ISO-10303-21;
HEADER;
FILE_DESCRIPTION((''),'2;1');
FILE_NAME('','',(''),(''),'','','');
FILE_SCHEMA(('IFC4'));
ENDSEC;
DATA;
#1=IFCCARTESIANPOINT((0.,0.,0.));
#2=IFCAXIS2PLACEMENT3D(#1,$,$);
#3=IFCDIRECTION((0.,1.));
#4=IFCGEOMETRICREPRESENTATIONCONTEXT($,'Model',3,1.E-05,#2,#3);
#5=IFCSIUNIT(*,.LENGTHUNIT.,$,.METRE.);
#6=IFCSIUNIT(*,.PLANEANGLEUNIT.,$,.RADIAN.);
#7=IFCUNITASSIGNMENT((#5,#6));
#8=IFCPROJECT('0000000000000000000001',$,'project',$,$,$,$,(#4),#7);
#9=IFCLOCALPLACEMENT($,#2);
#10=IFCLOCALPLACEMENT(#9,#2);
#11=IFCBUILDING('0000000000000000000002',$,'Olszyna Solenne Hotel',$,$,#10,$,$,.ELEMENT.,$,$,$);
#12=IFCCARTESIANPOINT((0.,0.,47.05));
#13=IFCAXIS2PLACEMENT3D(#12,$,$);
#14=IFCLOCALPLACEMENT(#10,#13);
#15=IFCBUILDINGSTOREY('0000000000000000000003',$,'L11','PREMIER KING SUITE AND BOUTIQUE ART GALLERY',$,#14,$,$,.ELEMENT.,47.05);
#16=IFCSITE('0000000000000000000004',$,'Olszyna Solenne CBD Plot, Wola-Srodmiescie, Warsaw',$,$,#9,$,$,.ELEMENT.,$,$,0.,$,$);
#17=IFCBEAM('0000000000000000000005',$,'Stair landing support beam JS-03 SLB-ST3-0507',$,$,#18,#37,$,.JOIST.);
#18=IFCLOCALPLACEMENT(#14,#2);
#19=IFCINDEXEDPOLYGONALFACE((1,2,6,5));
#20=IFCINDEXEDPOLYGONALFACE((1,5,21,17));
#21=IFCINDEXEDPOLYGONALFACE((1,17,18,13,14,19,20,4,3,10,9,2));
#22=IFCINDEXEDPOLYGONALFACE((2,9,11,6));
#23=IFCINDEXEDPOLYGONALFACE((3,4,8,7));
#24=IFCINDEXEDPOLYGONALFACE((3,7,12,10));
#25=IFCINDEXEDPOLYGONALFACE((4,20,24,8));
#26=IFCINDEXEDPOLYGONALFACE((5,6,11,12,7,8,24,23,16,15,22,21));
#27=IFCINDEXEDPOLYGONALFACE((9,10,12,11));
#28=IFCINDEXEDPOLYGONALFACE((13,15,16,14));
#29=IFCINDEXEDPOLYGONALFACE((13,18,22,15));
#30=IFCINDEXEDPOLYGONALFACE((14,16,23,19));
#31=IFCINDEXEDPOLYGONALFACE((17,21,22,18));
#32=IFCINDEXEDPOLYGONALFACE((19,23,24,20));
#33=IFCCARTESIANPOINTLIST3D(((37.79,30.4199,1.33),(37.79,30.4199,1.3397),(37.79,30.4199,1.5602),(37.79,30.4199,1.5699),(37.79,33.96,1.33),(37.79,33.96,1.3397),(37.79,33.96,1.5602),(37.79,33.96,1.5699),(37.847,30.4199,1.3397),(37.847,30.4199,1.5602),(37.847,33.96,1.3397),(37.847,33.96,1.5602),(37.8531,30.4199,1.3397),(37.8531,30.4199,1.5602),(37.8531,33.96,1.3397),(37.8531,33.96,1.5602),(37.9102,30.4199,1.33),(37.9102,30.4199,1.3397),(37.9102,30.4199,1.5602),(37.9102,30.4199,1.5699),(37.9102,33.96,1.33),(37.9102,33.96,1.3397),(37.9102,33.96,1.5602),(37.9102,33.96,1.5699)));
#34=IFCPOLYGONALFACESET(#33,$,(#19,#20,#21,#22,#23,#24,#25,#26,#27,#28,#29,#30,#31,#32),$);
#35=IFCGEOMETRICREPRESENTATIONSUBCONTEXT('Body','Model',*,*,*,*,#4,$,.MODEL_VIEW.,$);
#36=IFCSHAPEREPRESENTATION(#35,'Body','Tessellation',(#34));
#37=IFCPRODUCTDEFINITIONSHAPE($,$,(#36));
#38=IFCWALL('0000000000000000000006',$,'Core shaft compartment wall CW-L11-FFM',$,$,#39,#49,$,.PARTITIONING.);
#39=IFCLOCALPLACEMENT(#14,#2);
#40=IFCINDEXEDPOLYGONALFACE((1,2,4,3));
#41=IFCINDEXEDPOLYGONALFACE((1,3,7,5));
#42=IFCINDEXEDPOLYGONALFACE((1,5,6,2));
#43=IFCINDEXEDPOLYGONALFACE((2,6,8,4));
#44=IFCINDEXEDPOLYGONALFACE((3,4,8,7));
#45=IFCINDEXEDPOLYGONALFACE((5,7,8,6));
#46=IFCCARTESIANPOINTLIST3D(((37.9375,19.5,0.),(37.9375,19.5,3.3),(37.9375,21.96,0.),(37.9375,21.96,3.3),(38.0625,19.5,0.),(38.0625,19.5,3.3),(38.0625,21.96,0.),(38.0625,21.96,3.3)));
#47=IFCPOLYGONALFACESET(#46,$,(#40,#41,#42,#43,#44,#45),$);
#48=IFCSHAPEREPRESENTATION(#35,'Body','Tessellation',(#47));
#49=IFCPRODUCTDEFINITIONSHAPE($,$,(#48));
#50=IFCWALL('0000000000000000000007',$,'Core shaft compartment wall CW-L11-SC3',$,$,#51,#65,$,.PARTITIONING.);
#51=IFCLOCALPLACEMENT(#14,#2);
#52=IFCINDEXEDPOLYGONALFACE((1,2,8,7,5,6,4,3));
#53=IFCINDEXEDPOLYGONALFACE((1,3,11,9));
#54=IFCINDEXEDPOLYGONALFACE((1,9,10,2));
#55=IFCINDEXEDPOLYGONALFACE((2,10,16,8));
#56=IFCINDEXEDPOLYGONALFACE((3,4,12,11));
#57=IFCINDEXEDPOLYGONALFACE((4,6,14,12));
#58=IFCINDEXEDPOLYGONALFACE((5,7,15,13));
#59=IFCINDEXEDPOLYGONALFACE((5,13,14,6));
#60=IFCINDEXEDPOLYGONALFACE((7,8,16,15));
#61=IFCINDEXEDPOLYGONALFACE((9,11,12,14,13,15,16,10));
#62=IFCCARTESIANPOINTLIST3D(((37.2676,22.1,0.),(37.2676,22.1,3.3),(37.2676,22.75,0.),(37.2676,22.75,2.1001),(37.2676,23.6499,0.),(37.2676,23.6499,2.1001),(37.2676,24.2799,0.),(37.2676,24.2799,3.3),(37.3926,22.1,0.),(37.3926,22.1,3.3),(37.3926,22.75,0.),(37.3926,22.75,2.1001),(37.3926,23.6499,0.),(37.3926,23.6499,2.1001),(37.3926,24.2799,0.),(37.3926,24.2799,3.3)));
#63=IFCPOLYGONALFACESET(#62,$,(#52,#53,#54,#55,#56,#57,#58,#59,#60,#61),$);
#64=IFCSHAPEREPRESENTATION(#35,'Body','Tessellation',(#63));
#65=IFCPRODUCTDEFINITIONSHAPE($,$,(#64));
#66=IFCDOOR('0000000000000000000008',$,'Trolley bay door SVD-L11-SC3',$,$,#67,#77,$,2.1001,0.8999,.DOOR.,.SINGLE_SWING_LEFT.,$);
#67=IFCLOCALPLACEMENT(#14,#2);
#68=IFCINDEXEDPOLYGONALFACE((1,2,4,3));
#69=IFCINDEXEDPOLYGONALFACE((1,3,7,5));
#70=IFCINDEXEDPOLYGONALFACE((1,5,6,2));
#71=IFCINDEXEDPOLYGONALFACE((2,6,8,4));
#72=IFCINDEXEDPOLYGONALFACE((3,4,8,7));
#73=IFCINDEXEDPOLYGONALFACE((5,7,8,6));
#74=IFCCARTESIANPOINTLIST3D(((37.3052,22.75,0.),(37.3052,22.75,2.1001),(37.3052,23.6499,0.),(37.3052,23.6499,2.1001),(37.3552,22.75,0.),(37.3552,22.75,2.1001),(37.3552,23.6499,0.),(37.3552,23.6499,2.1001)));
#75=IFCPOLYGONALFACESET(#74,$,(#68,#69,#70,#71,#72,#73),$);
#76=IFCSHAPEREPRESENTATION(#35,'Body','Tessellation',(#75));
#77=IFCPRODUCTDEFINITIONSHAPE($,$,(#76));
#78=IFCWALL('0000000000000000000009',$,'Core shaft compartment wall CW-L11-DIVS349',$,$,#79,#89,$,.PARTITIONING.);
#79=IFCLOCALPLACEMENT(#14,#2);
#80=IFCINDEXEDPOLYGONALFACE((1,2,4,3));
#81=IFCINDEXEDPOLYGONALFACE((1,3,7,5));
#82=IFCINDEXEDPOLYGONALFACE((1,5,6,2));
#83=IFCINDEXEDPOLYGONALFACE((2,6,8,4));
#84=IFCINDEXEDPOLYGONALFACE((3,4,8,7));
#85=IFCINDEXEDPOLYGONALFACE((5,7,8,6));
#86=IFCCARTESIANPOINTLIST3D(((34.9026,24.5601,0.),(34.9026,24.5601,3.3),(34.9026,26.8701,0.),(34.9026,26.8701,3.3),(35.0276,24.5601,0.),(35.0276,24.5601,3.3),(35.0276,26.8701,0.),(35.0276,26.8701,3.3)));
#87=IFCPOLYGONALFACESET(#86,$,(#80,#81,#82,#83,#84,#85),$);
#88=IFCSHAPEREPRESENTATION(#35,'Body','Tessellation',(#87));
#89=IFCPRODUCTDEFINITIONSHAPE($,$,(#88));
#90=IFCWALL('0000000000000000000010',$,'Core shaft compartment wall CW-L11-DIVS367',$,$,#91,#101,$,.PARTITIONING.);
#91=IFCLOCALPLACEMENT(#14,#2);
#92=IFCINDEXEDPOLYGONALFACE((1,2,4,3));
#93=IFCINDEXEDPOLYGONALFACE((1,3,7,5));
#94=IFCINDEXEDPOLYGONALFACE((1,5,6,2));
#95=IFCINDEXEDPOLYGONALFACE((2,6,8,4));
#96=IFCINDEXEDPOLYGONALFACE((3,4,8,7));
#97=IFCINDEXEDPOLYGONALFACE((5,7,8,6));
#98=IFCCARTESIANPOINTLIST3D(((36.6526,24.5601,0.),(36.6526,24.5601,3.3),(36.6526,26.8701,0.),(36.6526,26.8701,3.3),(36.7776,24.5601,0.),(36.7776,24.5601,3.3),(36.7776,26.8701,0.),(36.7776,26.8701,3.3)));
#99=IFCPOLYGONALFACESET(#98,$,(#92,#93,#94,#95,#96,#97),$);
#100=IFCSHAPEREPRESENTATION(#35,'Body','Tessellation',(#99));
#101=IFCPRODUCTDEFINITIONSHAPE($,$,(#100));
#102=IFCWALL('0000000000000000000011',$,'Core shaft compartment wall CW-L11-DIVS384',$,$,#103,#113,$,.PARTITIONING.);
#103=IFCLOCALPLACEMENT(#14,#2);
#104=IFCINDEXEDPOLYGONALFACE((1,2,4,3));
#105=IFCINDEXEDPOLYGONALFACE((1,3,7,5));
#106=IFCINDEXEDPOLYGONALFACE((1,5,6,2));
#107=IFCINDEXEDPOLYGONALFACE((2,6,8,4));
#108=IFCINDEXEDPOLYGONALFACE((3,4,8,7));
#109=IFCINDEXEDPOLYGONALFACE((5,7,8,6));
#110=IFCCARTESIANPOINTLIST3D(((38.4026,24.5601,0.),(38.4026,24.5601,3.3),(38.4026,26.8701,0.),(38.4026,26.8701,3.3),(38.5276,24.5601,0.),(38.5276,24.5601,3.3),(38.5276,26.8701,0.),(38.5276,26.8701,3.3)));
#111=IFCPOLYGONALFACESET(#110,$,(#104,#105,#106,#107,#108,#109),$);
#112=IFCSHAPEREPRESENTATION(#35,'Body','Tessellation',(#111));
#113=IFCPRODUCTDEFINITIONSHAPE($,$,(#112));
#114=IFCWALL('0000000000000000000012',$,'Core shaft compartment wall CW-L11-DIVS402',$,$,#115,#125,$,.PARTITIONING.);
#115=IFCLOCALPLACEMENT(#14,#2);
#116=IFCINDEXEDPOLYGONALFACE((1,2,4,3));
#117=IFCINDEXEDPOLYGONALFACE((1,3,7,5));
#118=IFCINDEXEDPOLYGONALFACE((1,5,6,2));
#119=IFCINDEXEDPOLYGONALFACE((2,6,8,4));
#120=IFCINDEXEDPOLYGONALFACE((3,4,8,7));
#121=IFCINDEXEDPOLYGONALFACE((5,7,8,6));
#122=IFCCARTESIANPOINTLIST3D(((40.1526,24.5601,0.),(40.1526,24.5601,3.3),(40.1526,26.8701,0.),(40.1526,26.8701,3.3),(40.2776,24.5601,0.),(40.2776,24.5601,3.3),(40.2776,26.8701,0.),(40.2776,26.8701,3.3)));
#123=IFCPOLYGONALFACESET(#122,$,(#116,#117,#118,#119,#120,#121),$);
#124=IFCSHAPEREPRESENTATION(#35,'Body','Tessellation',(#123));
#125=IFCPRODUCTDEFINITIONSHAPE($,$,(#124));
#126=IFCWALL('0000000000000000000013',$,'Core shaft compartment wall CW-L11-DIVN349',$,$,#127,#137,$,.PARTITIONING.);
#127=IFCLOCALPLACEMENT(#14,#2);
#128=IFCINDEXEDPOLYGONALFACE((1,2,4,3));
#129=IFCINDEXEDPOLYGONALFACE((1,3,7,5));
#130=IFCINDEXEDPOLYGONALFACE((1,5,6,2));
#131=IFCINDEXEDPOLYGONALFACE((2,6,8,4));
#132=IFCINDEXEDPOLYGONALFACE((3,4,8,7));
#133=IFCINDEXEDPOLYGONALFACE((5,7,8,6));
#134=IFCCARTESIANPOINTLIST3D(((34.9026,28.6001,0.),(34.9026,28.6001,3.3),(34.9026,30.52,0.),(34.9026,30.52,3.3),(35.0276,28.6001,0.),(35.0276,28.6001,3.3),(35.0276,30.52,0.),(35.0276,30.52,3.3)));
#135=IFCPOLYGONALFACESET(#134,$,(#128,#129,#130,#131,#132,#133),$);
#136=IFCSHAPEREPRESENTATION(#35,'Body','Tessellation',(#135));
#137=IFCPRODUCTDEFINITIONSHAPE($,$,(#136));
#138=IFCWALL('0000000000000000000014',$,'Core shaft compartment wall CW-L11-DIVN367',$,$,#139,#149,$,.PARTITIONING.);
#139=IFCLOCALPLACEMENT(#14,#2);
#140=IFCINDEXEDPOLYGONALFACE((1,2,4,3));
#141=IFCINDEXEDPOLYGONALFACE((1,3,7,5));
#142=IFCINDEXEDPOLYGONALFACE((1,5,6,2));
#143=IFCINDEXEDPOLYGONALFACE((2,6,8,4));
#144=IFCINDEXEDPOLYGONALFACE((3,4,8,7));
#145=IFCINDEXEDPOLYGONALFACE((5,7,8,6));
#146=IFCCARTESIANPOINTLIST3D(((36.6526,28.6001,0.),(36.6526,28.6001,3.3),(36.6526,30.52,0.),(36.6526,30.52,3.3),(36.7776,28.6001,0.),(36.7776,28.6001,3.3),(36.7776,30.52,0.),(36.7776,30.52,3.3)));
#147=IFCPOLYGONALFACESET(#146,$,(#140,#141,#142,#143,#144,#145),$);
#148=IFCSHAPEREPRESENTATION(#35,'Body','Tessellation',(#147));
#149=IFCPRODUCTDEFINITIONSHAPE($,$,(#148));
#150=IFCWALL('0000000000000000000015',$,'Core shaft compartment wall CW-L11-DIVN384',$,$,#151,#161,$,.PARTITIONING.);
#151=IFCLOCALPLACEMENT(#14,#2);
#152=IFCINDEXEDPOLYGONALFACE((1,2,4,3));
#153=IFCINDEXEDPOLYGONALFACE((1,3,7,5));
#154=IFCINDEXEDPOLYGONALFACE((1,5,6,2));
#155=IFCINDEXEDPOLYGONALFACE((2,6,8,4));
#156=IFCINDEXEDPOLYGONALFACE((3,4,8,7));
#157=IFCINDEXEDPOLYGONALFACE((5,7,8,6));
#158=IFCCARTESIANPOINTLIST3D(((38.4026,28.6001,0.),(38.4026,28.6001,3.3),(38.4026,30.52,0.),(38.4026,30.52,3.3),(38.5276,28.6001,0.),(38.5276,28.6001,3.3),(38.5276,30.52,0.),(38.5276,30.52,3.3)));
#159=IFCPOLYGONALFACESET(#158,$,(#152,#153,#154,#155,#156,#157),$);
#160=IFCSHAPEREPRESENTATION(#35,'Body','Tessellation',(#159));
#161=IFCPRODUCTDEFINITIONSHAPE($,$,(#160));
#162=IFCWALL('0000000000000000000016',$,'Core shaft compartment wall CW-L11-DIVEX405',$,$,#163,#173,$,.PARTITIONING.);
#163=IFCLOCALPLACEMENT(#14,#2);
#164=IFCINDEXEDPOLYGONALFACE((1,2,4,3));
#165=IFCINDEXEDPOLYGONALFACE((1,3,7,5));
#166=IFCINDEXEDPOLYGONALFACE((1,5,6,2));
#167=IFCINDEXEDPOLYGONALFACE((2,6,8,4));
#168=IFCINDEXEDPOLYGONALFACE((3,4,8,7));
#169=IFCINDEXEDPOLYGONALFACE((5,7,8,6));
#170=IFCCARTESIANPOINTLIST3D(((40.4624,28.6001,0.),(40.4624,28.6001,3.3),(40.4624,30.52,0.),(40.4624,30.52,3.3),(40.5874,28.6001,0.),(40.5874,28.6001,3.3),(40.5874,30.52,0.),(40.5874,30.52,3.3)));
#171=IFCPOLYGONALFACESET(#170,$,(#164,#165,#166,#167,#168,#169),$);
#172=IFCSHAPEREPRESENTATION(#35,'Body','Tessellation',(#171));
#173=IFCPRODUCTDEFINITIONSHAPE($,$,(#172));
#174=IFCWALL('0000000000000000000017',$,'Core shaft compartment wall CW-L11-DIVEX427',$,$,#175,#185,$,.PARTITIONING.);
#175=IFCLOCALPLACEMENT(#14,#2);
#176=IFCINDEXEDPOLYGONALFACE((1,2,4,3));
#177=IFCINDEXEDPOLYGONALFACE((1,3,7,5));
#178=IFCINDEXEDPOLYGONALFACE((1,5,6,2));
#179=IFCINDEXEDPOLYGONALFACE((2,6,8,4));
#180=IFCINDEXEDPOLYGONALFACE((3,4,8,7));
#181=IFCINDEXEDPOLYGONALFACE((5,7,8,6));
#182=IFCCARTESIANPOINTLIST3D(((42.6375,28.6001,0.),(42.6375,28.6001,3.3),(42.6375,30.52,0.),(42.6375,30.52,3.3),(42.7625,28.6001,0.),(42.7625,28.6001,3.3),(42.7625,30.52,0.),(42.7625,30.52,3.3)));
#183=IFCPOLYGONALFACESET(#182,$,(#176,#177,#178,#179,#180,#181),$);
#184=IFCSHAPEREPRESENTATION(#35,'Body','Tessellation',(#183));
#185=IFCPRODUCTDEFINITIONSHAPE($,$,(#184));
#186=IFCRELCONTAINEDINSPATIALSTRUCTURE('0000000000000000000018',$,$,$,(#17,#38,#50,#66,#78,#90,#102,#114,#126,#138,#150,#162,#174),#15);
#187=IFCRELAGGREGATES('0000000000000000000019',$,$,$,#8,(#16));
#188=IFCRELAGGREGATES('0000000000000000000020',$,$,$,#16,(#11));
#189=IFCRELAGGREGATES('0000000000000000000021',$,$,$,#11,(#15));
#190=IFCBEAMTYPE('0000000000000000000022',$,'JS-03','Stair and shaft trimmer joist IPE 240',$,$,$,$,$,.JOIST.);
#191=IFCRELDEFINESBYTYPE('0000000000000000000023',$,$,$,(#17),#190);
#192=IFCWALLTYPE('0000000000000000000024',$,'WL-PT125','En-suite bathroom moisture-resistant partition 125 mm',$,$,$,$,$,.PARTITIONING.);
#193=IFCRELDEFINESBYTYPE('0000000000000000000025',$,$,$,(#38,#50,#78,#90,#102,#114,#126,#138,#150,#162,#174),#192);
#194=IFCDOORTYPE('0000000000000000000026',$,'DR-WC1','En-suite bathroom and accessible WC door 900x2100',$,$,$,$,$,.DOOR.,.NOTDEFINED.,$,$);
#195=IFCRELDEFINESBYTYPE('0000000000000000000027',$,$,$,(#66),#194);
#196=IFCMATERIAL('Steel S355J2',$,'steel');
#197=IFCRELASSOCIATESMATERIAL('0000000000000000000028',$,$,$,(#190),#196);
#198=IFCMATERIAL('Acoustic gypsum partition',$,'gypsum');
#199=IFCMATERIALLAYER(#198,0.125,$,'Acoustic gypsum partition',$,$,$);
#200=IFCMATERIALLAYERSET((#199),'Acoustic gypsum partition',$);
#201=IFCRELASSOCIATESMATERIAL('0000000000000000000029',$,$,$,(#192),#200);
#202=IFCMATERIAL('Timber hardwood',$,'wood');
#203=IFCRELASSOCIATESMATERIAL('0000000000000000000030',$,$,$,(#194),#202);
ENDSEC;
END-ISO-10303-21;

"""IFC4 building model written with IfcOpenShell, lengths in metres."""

from ifc_helpers import new_model, si_unit, direction, frame, frame_2d, origin, origin_2d, place, context, subcontext, project, spatial, rectangle, i_section, extrude, source, transform, mapped, material, layer, layer_set, material_profile, profile_set, type_object, type_shapes, element, fill, save


model = new_model("IFC4")

# Units and contexts
model_context = context("Model", 3, precision=1e-05, world=origin(), true_north=direction((0.0, 1.0)))
body_context = subcontext(model_context, "Body", "Model", "MODEL_VIEW")
ifc_project = project(units=[si_unit("LENGTHUNIT", "METRE"), si_unit("PLANEANGLEUNIT", "RADIAN")], contexts=[model_context])

# Site, building, storey
site_placement = place(None, origin())
site = spatial("IfcSite", under=ifc_project, at=site_placement, Name="Olszyna Solenne CBD Plot, Wola-Srodmiescie, Warsaw", CompositionType="ELEMENT", RefElevation=0.0)
building_placement = place(site_placement, origin())
building = spatial("IfcBuilding", under=site, at=building_placement, Name="Olszyna Solenne Hotel", CompositionType="ELEMENT")
storey_placement = place(building_placement, frame((0.0, 0.0, 47.05)))
storey = spatial("IfcBuildingStorey", under=building, at=storey_placement, Name="L11", Description="PREMIER KING SUITE AND BOUTIQUE ART GALLERY", CompositionType="ELEMENT", Elevation=47.05)

# Beam
ifc_material_1 = material(Name="Steel S355J2", Category="steel")
ifc_material_profile = material_profile(ifc_material_1, i_section(OverallWidth=0.1201, OverallDepth=0.24, WebThickness=0.0061, FlangeThickness=0.0098, at=origin_2d()), Name="IPE 240", Category="load-bearing")
ifc_profile_set = profile_set([ifc_material_profile], Name="Steel S355J2")
beam_type = type_object("IfcBeamType", Name="JS-03", Description="Stair and shaft trimmer joist IPE 240", PredefinedType="JOIST", material=ifc_profile_set)
shared_shape_1 = source(origin(), body_context, "Body", "SweptSolid", [
    extrude(i_section(OverallWidth=0.1201, OverallDepth=0.24, WebThickness=0.0061, FlangeThickness=0.0098, at=origin_2d()), origin(), (0.0, 0.0, 1.0), 3.54),
])
beam_placement = place(storey_placement, frame((37.8501, 30.4199, 1.45), z_axis=(0.0, 1.0, 0.0), x_axis=(-1.0, 0.0, 0.0)))
element("IfcBeam", 1, at=beam_placement, inside=storey, type_object=beam_type, Name="Stair landing support beam JS-03 SLB-ST3-0507", PredefinedType="JOIST", context=body_context, shape_type="MappedRepresentation", body=[
    mapped(shared_shape_1, transform((0.0, 0.0, 0.0), x_axis=(1.0, 0.0, 0.0), y_axis=(0.0, 1.0, 0.0), z_axis=(0.0, 0.0, 1.0), scale=1.0)),
])

# Wall
ifc_material_2 = material(Name="Acoustic gypsum partition", Category="gypsum")
ifc_layer_1 = layer(ifc_material_2, 0.125, Name="Acoustic gypsum partition")
ifc_layer_set_1 = layer_set([ifc_layer_1], Name="Acoustic gypsum partition")
wall_type_1 = type_object("IfcWallType", Name="WL-PT125", Description="En-suite bathroom moisture-resistant partition 125 mm", PredefinedType="PARTITIONING", material=ifc_layer_set_1)
wall_1_placement = place(storey_placement, frame((38.0, 19.5, 0.0), z_axis=(0.0, 0.0, 1.0), x_axis=(0.0, 1.0, 0.0)))
element("IfcWall", 2, at=wall_1_placement, inside=storey, type_object=wall_type_1, Name="Core shaft compartment wall CW-L11-FFM", PredefinedType="PARTITIONING", context=body_context, shape_type="SweptSolid", body=[
    extrude(rectangle(XDim=2.46, YDim=0.125, at=frame_2d((1.23, 0.0))), origin(), (0.0, 0.0, 1.0), 3.3),
])

# Wall, opening, door
wall_2_placement = place(storey_placement, frame((37.3301, 22.1001, 0.0), z_axis=(0.0, 0.0, 1.0), x_axis=(0.0, 1.0, 0.0)))
wall_2 = element("IfcWall", 3, at=wall_2_placement, inside=storey, type_object=wall_type_1, Name="Core shaft compartment wall CW-L11-SC3", PredefinedType="PARTITIONING", context=body_context, shape_type="SweptSolid", body=[
    extrude(rectangle(XDim=2.1799, YDim=0.125, at=frame_2d((1.0898, 0.0))), origin(), (0.0, 0.0, 1.0), 3.3),
])
opening_1_placement = place(wall_2_placement, frame((0.6499, 0.0, 0.0)))
opening_1 = element("IfcOpeningElement", 4, at=opening_1_placement, cuts=wall_2, PredefinedType="OPENING", context=body_context, shape_type="SweptSolid", body=[
    extrude(rectangle(XDim=0.8999, YDim=2.1001, at=frame_2d((0.45, 1.05))), frame((0.0, 0.0725, 0.0), z_axis=(0.0, -1.0, 0.0), x_axis=(1.0, 0.0, 0.0)), (0.0, 0.0, 1.0), 0.145),
])
ifc_material_3 = material(Name="Timber hardwood", Category="wood")
door_type_1 = type_object("IfcDoorType", Name="DR-WC1", Description="En-suite bathroom and accessible WC door 900x2100", OperationType="NOTDEFINED", PredefinedType="DOOR", material=ifc_material_3)
shared_shape_2 = source(origin(), body_context, "Body", "SweptSolid", [
    extrude(rectangle(XDim=0.8999, YDim=2.1001, at=frame_2d((0.45, 1.05))), frame((0.0, 0.0249, 0.0), z_axis=(0.0, -1.0, 0.0), x_axis=(1.0, 0.0, 0.0)), (0.0, 0.0, 1.0), 0.05),
])
type_shapes(door_type_1, [shared_shape_2])
door_1_placement = place(opening_1_placement, origin())
door_1 = element("IfcDoor", 5, at=door_1_placement, inside=storey, type_object=door_type_1, Name="Trolley bay door SVD-L11-SC3", OperationType="SINGLE_SWING_LEFT", OverallHeight=2.1001, OverallWidth=0.8999, PredefinedType="DOOR", context=body_context, shape_type="MappedRepresentation", body=[
    mapped(shared_shape_2, transform((0.0, 0.0, 0.0), x_axis=(1.0, 0.0, 0.0), y_axis=(0.0, 1.0, 0.0), z_axis=(0.0, 0.0, 1.0), scale=1.0)),
])
fill(opening_1, door_1)

# Walls
for number, where, z_axis, x_axis, name in (
    (6, (34.9651, 24.5601, 0.0), (0.0, 0.0, 1.0), (0.0, 1.0, 0.0), "Core shaft compartment wall CW-L11-DIVS349"),
    (7, (36.7151, 24.5601, 0.0), (0.0, 0.0, 1.0), (0.0, 1.0, 0.0), "Core shaft compartment wall CW-L11-DIVS367"),
    (8, (38.4651, 24.5601, 0.0), (0.0, 0.0, 1.0), (0.0, 1.0, 0.0), "Core shaft compartment wall CW-L11-DIVS384"),
    (9, (40.2151, 24.5601, 0.0), (0.0, 0.0, 1.0), (0.0, 1.0, 0.0), "Core shaft compartment wall CW-L11-DIVS402"),
):
    element("IfcWall", number, at=place(storey_placement, frame(where, z_axis=z_axis, x_axis=x_axis)), inside=storey, type_object=wall_type_1, Name=name, PredefinedType="PARTITIONING", context=body_context, shape_type="SweptSolid", body=[
        extrude(rectangle(XDim=2.3101, YDim=0.125, at=frame_2d((1.155, 0.0))), origin(), (0.0, 0.0, 1.0), 3.3),
    ])
for number, where, z_axis, x_axis, name in (
    (10, (34.9651, 28.6001, 0.0), (0.0, 0.0, 1.0), (0.0, 1.0, 0.0), "Core shaft compartment wall CW-L11-DIVN349"),
    (11, (36.7151, 28.6001, 0.0), (0.0, 0.0, 1.0), (0.0, 1.0, 0.0), "Core shaft compartment wall CW-L11-DIVN367"),
    (12, (38.4651, 28.6001, 0.0), (0.0, 0.0, 1.0), (0.0, 1.0, 0.0), "Core shaft compartment wall CW-L11-DIVN384"),
    (13, (40.5249, 28.6001, 0.0), (0.0, 0.0, 1.0), (0.0, 1.0, 0.0), "Core shaft compartment wall CW-L11-DIVEX405"),
    (14, (42.7, 28.6001, 0.0), (0.0, 0.0, 1.0), (0.0, 1.0, 0.0), "Core shaft compartment wall CW-L11-DIVEX427"),
):
    element("IfcWall", number, at=place(storey_placement, frame(where, z_axis=z_axis, x_axis=x_axis)), inside=storey, type_object=wall_type_1, Name=name, PredefinedType="PARTITIONING", context=body_context, shape_type="SweptSolid", body=[
        extrude(rectangle(XDim=1.9199, YDim=0.125, at=frame_2d((0.96, 0.0))), origin(), (0.0, 0.0, 1.0), 3.3),
    ])

save(model, "model.ifc")
